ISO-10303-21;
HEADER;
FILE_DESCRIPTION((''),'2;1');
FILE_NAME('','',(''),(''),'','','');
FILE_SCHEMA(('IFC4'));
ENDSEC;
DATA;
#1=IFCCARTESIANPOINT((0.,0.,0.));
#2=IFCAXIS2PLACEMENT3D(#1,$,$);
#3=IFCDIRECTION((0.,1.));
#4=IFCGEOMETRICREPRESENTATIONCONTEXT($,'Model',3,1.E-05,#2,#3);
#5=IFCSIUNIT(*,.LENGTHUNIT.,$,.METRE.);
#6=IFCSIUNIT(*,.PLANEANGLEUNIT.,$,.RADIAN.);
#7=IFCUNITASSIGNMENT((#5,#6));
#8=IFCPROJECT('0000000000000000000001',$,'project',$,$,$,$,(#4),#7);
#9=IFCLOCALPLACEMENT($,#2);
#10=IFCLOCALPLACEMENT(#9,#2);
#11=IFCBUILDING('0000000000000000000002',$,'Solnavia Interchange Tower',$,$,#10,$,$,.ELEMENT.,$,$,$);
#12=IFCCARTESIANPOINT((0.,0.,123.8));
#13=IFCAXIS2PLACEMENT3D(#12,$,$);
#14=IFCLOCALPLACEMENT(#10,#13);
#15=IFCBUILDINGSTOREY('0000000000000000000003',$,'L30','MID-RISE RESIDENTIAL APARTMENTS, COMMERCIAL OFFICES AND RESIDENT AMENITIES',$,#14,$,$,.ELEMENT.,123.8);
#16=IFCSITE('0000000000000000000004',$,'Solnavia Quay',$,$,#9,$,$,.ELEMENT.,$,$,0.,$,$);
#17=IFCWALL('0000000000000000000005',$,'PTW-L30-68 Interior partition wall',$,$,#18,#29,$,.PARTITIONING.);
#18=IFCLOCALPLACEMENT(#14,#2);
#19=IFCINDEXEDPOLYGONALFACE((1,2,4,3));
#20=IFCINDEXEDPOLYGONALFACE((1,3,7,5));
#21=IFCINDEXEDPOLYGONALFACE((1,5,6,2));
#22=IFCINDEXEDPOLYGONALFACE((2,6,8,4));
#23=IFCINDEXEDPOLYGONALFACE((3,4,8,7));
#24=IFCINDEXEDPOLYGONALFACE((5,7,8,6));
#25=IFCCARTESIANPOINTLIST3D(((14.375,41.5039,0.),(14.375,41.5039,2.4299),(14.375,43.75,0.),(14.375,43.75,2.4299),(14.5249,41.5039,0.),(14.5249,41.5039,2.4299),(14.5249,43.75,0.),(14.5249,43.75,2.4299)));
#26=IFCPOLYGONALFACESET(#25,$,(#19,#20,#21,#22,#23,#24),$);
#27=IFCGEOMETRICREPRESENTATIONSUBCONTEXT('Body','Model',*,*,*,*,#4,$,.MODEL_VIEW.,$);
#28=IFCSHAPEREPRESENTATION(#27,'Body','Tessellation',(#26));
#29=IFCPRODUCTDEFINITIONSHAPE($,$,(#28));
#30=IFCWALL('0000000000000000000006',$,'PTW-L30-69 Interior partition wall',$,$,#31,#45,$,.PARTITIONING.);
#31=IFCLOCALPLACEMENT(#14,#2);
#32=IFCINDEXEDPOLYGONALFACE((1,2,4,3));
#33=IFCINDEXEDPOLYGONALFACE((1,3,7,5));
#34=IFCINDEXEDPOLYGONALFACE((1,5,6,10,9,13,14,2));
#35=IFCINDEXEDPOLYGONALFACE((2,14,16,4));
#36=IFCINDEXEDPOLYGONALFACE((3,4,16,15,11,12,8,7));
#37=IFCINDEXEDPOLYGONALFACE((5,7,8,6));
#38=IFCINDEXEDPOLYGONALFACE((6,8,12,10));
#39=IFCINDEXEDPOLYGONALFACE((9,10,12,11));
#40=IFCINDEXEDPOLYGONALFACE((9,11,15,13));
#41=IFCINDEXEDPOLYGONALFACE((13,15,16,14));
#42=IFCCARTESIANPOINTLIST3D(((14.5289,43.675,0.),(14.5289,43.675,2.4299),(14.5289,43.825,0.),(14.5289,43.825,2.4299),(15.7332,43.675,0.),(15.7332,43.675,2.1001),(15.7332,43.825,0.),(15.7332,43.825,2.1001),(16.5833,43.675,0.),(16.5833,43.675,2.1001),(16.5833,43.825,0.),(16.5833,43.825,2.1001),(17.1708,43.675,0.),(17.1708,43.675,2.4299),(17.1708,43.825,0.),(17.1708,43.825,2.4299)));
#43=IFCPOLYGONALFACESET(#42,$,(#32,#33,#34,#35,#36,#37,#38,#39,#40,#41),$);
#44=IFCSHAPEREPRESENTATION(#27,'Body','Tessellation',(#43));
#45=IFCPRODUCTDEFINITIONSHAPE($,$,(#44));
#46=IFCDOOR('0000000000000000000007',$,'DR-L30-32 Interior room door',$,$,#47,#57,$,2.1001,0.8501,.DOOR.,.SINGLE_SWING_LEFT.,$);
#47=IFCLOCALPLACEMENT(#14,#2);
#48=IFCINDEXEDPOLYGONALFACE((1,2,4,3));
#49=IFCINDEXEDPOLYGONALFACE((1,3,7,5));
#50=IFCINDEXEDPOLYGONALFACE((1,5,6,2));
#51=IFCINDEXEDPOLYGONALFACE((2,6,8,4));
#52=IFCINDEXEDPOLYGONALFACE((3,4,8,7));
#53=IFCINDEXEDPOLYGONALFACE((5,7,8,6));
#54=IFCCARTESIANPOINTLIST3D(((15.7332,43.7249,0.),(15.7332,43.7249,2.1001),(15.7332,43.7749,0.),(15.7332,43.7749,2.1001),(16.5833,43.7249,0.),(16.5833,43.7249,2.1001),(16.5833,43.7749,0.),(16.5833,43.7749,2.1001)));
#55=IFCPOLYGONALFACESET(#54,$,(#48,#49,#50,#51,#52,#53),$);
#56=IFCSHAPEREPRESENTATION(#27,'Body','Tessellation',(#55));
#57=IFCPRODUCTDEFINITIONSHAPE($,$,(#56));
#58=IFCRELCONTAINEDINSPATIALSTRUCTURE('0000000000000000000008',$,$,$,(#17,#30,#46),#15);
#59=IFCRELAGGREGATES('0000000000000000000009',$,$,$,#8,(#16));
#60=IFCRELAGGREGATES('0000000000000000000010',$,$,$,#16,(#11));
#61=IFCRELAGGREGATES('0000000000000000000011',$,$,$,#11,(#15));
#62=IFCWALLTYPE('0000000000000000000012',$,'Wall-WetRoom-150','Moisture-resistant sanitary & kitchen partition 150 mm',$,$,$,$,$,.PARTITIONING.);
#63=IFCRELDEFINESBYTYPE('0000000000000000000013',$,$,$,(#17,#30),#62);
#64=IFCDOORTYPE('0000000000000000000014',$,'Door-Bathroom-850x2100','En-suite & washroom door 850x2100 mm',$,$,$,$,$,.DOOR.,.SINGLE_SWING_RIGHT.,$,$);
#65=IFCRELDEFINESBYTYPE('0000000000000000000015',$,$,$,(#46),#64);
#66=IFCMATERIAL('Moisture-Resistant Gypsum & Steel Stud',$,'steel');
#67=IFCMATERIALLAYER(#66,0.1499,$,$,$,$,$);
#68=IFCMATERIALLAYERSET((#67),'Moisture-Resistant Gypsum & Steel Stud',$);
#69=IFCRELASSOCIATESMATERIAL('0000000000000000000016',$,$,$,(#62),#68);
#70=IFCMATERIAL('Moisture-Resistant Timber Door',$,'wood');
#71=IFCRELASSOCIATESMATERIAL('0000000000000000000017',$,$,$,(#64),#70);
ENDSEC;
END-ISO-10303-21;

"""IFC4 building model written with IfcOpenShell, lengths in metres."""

from ifc_helpers import new_model, si_unit, direction, frame, frame_2d, origin, place, context, subcontext, project, spatial, rectangle, extrude, material, layer, layer_set, type_object, element, fill, save


model = new_model("IFC4")

# Units and contexts
model_context = context("Model", 3, precision=1e-05, world=origin(), true_north=direction((0.0, 1.0)))
body_context = subcontext(model_context, "Body", "Model", "MODEL_VIEW")
ifc_project = project(units=[si_unit("LENGTHUNIT", "METRE"), si_unit("PLANEANGLEUNIT", "RADIAN")], contexts=[model_context])

# Site, building, storey
site_placement = place(None, origin())
site = spatial("IfcSite", under=ifc_project, at=site_placement, Name="Solnavia Quay", CompositionType="ELEMENT", RefElevation=0.0)
building_placement = place(site_placement, origin())
building = spatial("IfcBuilding", under=site, at=building_placement, Name="Solnavia Interchange Tower", CompositionType="ELEMENT")
storey_placement = place(building_placement, frame((0.0, 0.0, 123.8)))
storey = spatial("IfcBuildingStorey", under=building, at=storey_placement, Name="L30", Description="MID-RISE RESIDENTIAL APARTMENTS, COMMERCIAL OFFICES AND RESIDENT AMENITIES", CompositionType="ELEMENT", Elevation=123.8)

# Shared definitions
ifc_material_1 = material(Name="Moisture-Resistant Gypsum & Steel Stud", Category="steel")
ifc_layer_1 = layer(ifc_material_1, 0.1499)
ifc_layer_set_1 = layer_set([ifc_layer_1], Name="Moisture-Resistant Gypsum & Steel Stud")
wall_type_1 = type_object("IfcWallType", Name="Wall-WetRoom-150", Description="Moisture-resistant sanitary & kitchen partition 150 mm", PredefinedType="PARTITIONING", material=ifc_layer_set_1)
ifc_material_2 = material(Name="Moisture-Resistant Timber Door", Category="wood")
door_type_1 = type_object("IfcDoorType", Name="Door-Bathroom-850x2100", Description="En-suite & washroom door 850x2100 mm", OperationType="SINGLE_SWING_RIGHT", PredefinedType="DOOR", material=ifc_material_2)

# Wall
wall_1_placement = place(storey_placement, frame((14.45, 41.5039, 0.0), z_axis=(0.0, 0.0, 1.0), x_axis=(0.0, 1.0, 0.0)))
element("IfcWall", 1, at=wall_1_placement, inside=storey, type_object=wall_type_1, Name="PTW-L30-68 Interior partition wall", PredefinedType="PARTITIONING", context=body_context, shape_type="SweptSolid", body=[
    extrude(rectangle(XDim=2.2461, YDim=0.1499, at=frame_2d((1.123, 0.0))), origin(), (0.0, 0.0, 1.0), 2.4299),
])

# Wall, opening, door
wall_2_placement = place(storey_placement, frame((14.5291, 43.75, 0.0), z_axis=(0.0, 0.0, 1.0), x_axis=(1.0, 0.0, 0.0)))
wall_2 = element("IfcWall", 2, at=wall_2_placement, inside=storey, type_object=wall_type_1, Name="PTW-L30-69 Interior partition wall", PredefinedType="PARTITIONING", context=body_context, shape_type="SweptSolid", body=[
    extrude(rectangle(XDim=2.6418, YDim=0.1499, at=frame_2d((1.3208, 0.0))), origin(), (0.0, 0.0, 1.0), 2.4299),
])
opening_1_placement = place(wall_2_placement, frame((1.2041, 0.0, 0.0)))
opening_1 = element("IfcOpeningElement", 3, at=opening_1_placement, cuts=wall_2, PredefinedType="OPENING", context=body_context, shape_type="SweptSolid", body=[
    extrude(rectangle(XDim=0.8501, YDim=2.1001, at=frame_2d((0.425, 1.05))), frame((0.0, 0.085, 0.0), z_axis=(0.0, -1.0, 0.0), x_axis=(1.0, 0.0, 0.0)), (0.0, 0.0, 1.0), 0.1699),
])
door_1_placement = place(opening_1_placement, origin())
door_1 = element("IfcDoor", 4, at=door_1_placement, inside=storey, type_object=door_type_1, Name="DR-L30-32 Interior room door", OperationType="SINGLE_SWING_LEFT", OverallHeight=2.1001, OverallWidth=0.8501, PredefinedType="DOOR", context=body_context, shape_type="SweptSolid", body=[
    extrude(rectangle(XDim=0.8501, YDim=2.1001, at=frame_2d((0.425, 1.05))), frame((0.0, 0.0249, 0.0), z_axis=(0.0, -1.0, 0.0), x_axis=(1.0, 0.0, 0.0)), (0.0, 0.0, 1.0), 0.05),
])
fill(opening_1, door_1)

save(model, "model.ifc")
